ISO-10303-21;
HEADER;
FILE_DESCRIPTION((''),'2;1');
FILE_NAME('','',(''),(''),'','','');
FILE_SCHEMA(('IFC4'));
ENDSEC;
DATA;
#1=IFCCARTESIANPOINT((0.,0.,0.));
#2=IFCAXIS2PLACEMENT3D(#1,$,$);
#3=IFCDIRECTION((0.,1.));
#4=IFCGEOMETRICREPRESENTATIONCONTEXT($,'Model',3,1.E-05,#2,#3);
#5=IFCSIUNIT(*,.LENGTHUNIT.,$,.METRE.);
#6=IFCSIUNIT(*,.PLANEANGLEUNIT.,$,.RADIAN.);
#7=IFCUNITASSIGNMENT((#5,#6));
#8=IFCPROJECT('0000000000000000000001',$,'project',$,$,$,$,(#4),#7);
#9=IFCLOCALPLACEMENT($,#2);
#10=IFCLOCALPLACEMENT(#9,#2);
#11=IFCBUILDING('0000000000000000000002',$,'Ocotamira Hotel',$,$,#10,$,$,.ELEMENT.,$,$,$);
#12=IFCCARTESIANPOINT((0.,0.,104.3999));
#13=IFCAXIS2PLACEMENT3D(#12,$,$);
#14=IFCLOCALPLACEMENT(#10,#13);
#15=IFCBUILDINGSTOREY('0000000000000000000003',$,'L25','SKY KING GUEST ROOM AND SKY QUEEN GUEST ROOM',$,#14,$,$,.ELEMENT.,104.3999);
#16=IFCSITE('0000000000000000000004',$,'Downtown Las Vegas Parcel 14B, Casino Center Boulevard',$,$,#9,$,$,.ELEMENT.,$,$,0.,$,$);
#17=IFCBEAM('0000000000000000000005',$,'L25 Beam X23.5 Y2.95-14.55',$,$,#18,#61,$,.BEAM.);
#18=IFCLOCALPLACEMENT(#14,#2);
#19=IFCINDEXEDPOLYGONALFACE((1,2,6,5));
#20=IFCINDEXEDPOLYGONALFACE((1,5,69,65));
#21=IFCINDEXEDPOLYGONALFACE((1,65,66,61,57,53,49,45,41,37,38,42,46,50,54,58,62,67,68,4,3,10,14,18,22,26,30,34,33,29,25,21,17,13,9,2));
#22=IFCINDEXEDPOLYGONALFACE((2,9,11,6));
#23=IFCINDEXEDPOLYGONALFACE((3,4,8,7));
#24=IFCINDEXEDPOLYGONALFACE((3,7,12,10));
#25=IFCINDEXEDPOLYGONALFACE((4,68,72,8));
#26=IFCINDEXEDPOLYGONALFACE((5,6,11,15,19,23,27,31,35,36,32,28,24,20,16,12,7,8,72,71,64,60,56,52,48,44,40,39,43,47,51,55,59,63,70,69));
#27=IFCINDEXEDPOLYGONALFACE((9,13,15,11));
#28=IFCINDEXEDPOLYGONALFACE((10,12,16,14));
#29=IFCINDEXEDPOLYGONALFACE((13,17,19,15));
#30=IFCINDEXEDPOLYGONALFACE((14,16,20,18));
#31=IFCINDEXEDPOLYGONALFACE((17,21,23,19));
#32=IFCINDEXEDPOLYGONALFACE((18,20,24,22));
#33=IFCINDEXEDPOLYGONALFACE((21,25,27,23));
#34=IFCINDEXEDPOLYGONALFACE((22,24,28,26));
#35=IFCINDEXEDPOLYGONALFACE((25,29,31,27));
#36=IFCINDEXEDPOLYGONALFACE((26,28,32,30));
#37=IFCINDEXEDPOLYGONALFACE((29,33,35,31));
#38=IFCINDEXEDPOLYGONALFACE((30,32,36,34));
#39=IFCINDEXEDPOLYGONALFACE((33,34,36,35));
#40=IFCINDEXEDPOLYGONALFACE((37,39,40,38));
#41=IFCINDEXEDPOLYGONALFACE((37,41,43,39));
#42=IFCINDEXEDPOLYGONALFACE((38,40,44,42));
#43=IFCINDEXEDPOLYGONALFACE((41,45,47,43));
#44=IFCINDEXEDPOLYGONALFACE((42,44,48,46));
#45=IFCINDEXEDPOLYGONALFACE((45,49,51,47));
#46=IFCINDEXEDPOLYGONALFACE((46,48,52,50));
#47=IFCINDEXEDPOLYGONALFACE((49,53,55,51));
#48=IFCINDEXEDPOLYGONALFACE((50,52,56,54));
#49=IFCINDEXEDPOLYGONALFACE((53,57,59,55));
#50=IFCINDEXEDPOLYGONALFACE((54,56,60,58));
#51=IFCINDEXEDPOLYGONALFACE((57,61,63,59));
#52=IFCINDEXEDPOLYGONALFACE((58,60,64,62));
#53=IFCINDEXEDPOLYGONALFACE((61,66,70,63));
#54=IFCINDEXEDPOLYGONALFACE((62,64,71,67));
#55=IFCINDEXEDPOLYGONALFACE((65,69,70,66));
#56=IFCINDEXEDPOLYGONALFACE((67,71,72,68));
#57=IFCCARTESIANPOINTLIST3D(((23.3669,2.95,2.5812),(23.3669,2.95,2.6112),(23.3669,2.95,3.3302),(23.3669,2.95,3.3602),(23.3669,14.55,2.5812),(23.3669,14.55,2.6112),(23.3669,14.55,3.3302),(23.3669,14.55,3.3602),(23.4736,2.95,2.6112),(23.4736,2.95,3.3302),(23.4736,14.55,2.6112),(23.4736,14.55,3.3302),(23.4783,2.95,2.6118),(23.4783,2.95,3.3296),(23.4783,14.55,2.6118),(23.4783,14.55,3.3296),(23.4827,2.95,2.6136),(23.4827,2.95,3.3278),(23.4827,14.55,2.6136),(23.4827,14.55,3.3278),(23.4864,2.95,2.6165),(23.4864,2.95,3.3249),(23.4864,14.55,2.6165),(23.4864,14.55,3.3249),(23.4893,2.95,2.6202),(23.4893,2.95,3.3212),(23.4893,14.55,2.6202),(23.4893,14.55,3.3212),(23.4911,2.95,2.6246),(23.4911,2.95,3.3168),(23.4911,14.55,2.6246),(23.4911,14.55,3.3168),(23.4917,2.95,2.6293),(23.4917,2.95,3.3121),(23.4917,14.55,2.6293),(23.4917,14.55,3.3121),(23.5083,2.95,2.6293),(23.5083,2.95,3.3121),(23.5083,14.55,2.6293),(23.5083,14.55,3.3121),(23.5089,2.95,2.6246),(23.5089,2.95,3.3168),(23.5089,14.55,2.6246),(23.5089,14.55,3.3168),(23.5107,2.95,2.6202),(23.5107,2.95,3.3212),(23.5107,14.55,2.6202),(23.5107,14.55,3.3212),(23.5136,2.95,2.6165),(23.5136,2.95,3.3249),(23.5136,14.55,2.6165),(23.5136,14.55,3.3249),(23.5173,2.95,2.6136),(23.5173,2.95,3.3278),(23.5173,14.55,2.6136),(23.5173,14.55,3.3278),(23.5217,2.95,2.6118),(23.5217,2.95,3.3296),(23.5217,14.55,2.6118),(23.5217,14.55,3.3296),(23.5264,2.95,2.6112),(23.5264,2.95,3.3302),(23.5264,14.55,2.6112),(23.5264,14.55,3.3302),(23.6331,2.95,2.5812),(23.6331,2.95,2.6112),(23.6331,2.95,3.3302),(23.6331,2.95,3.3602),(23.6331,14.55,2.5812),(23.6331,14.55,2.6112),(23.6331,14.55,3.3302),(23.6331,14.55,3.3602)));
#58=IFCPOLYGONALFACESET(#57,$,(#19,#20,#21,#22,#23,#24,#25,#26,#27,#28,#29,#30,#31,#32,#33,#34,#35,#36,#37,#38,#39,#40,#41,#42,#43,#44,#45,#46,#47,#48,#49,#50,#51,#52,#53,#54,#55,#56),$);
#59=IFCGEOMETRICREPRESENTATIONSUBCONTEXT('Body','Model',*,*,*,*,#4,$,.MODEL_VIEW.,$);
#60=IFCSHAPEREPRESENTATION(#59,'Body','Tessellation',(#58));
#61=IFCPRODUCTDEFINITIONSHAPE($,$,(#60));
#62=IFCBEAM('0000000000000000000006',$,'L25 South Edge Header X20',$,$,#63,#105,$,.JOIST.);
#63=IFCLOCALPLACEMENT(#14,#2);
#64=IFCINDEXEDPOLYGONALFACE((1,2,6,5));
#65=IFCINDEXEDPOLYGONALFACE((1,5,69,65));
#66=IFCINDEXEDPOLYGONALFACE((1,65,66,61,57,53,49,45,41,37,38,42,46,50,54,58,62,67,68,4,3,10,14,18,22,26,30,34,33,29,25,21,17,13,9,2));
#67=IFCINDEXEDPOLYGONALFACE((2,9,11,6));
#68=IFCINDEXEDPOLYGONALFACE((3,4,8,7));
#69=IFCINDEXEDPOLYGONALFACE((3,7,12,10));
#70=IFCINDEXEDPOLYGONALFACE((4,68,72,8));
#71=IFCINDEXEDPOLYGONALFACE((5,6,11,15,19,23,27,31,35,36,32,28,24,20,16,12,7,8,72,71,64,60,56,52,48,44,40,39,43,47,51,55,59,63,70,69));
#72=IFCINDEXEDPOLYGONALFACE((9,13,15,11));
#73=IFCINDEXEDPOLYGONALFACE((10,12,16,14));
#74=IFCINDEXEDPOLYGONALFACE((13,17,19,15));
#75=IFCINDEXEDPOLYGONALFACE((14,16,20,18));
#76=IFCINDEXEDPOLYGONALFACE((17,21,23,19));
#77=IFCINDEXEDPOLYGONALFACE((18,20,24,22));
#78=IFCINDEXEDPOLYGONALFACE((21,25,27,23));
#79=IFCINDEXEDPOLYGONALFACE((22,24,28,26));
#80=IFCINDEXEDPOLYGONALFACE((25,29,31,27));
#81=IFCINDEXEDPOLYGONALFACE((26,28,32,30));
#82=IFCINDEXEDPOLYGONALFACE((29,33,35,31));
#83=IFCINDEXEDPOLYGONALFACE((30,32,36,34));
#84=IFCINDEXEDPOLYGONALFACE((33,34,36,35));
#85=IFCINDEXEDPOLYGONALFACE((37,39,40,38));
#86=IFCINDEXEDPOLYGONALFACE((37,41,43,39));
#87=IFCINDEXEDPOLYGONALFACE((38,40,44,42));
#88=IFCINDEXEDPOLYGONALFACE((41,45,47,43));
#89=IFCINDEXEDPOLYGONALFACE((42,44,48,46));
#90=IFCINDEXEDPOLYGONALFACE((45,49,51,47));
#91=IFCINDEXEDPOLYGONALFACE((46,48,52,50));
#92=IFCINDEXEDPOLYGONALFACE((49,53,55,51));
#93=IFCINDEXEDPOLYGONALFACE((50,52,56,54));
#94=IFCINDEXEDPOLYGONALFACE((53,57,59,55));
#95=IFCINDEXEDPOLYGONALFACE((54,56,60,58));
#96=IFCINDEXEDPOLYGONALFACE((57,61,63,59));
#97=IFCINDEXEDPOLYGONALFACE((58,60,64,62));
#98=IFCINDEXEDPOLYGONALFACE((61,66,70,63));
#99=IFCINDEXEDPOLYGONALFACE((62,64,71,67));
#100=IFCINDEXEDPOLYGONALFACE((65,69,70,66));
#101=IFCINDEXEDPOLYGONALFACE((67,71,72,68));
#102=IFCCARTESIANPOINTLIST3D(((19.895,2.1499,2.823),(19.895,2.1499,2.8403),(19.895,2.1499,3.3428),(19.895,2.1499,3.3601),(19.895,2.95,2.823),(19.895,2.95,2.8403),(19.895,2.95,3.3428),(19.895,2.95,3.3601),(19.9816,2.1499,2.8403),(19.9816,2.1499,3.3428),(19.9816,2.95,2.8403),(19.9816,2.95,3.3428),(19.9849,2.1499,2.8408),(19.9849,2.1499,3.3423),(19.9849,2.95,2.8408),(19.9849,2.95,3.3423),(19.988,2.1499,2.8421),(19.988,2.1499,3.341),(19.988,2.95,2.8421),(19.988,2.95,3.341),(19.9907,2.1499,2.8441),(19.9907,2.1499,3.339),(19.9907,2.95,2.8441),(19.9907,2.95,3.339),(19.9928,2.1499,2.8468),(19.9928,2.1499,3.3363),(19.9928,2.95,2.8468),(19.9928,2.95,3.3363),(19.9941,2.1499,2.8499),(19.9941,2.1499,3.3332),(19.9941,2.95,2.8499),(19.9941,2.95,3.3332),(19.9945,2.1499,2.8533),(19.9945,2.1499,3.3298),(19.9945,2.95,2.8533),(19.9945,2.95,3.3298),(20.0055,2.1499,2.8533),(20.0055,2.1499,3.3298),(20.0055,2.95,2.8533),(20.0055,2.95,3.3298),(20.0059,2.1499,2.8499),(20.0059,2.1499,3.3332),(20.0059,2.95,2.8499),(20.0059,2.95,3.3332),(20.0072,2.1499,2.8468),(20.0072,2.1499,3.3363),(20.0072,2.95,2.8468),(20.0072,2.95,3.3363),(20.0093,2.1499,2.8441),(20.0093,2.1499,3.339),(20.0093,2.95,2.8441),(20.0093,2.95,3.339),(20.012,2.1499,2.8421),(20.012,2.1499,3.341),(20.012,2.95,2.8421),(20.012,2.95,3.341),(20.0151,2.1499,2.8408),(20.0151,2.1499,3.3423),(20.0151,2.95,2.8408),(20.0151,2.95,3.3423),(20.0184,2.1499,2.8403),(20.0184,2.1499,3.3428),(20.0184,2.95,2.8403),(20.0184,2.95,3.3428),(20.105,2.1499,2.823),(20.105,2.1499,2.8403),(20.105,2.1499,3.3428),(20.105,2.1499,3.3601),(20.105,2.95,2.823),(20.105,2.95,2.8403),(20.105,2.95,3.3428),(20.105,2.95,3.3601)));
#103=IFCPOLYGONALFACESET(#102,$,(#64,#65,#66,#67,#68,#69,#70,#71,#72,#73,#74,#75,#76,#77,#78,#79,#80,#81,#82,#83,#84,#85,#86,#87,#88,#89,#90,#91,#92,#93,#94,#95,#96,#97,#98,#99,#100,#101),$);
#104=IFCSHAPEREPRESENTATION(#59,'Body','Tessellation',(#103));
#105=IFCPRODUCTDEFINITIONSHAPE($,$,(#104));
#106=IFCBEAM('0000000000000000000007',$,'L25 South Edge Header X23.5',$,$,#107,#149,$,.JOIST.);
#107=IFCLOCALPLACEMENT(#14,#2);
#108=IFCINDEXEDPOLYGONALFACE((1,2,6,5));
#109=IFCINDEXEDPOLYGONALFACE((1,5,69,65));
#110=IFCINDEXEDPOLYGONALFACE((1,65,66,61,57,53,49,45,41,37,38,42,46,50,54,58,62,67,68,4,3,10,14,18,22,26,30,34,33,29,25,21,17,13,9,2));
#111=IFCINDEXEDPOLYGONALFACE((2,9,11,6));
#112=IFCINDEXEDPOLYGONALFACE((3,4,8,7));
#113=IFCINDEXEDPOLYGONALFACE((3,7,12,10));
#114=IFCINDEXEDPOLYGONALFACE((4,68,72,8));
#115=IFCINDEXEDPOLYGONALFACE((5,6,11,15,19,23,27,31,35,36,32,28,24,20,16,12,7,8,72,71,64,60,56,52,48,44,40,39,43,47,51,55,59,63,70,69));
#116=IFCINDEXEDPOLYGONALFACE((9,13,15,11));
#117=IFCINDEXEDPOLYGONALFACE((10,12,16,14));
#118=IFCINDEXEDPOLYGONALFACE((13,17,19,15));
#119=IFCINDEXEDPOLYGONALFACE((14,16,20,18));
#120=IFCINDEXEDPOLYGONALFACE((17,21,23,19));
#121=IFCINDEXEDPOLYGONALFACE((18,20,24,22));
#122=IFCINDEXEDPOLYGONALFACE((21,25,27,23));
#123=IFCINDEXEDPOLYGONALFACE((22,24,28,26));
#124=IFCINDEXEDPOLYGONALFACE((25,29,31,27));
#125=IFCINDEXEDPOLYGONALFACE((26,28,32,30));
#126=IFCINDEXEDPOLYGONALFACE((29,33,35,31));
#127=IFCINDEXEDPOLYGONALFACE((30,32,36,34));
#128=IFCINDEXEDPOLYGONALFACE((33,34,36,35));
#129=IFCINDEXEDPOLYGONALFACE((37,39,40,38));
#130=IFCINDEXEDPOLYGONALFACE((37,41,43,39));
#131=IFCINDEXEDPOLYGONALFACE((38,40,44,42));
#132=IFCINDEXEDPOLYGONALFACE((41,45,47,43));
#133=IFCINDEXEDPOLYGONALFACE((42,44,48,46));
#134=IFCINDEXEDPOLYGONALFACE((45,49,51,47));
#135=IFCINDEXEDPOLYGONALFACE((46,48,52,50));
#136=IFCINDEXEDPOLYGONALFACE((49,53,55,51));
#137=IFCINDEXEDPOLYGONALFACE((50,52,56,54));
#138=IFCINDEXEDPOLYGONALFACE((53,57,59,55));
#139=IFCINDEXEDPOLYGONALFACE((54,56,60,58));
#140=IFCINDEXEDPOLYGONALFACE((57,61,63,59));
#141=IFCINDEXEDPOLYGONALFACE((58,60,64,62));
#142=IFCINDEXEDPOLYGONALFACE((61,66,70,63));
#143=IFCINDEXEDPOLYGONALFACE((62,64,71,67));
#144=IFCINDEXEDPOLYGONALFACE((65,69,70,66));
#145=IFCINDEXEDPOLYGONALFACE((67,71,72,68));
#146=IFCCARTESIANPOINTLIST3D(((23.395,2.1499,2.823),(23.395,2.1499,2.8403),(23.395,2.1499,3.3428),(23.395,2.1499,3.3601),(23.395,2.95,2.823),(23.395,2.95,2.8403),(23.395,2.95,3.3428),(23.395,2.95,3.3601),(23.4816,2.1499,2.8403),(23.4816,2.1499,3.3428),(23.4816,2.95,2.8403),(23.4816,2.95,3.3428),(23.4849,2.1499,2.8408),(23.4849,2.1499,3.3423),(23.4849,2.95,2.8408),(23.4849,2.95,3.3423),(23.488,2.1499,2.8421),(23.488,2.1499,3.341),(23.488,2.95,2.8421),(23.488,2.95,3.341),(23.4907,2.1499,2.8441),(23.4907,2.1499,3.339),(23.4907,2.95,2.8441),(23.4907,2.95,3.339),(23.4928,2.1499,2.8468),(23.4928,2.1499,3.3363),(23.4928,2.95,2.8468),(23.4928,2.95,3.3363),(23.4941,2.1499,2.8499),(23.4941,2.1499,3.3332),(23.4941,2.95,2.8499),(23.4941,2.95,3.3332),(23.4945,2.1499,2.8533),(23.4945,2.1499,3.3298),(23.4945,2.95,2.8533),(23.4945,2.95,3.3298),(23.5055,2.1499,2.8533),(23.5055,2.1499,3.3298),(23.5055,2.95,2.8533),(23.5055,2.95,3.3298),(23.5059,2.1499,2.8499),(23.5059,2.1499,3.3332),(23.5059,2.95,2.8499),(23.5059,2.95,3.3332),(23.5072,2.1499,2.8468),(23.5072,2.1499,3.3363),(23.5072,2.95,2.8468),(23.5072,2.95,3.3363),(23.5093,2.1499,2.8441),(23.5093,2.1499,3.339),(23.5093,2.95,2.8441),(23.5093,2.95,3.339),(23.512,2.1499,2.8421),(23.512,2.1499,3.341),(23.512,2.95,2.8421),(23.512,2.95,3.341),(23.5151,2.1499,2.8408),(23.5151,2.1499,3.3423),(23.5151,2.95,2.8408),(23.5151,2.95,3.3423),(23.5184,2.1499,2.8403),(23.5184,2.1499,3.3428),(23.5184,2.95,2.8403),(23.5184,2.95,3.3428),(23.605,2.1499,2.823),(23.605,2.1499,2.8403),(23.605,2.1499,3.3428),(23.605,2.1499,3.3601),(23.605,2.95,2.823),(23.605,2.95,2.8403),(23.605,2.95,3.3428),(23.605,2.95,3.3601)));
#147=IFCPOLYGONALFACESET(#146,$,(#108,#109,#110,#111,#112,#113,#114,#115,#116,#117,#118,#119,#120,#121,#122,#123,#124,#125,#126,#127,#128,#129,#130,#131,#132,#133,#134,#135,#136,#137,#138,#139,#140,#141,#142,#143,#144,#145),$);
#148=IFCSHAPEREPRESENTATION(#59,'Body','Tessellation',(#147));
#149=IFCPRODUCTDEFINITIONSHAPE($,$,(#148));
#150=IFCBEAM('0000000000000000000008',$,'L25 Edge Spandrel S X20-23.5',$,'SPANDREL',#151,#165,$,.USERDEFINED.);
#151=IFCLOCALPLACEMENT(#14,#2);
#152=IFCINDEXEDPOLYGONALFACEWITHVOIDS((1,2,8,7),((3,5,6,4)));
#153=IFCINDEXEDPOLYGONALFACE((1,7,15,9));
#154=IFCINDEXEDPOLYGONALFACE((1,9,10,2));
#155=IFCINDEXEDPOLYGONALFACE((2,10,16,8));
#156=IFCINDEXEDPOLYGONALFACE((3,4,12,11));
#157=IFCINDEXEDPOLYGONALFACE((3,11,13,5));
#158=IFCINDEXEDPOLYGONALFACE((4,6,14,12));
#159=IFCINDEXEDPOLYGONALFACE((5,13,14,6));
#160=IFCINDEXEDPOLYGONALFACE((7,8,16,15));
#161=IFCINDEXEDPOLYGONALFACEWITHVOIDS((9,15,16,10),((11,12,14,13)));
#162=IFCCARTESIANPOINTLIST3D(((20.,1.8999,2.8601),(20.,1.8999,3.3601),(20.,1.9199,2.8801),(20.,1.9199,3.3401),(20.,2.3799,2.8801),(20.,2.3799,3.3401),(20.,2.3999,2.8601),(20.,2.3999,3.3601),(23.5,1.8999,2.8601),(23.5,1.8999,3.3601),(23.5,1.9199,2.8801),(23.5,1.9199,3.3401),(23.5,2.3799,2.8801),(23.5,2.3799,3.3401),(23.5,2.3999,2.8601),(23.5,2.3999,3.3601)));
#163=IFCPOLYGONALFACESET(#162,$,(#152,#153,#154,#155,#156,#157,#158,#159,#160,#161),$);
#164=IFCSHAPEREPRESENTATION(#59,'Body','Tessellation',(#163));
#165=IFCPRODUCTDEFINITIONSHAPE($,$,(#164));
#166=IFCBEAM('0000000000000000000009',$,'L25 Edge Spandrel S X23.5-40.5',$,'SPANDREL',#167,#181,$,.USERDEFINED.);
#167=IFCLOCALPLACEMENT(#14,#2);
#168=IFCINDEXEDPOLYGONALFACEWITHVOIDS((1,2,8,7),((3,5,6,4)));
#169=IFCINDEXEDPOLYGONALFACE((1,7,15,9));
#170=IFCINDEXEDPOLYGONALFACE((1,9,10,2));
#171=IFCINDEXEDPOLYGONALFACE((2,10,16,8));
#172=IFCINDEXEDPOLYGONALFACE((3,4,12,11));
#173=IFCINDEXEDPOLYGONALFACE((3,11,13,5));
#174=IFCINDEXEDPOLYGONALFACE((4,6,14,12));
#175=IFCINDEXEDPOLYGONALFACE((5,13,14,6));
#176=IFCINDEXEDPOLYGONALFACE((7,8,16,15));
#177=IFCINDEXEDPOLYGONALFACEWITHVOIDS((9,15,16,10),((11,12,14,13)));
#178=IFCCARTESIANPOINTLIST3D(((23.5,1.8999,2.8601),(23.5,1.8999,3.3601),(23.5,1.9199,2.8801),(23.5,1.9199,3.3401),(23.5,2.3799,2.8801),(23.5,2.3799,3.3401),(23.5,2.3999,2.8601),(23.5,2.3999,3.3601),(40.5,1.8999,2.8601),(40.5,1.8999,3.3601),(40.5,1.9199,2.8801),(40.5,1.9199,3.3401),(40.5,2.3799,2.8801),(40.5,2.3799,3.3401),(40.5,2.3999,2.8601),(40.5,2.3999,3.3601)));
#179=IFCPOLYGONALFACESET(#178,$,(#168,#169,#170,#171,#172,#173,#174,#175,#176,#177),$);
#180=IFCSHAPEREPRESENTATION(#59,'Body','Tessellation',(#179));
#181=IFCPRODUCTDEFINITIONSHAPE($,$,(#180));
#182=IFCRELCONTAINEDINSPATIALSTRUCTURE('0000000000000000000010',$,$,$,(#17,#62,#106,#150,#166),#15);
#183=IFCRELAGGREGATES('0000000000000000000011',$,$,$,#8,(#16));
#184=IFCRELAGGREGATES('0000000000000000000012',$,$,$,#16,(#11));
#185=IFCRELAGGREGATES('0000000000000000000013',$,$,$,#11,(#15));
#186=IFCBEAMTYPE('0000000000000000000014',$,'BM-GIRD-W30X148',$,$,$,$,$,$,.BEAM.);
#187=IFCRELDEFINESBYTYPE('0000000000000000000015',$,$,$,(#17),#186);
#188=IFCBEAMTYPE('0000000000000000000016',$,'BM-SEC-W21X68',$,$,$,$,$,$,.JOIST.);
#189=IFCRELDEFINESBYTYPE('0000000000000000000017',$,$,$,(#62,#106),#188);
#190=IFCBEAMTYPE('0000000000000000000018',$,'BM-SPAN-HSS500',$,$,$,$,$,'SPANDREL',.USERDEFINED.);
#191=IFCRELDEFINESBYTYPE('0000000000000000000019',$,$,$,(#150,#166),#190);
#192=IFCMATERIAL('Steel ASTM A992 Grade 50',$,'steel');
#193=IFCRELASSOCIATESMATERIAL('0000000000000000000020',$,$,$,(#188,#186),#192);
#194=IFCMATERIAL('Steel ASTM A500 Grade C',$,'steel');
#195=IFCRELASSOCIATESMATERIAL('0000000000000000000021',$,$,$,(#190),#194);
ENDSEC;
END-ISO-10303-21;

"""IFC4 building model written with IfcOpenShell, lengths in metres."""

from ifc_helpers import new_model, si_unit, direction, frame, origin, origin_2d, place, context, subcontext, project, spatial, hollow_rectangle, i_section, extrude, source, transform, mapped, material, material_profile, profile_set, type_object, element, save


model = new_model("IFC4")

# Units and contexts
model_context = context("Model", 3, precision=1e-05, world=origin(), true_north=direction((0.0, 1.0)))
body_context = subcontext(model_context, "Body", "Model", "MODEL_VIEW")
ifc_project = project(units=[si_unit("LENGTHUNIT", "METRE"), si_unit("PLANEANGLEUNIT", "RADIAN")], contexts=[model_context])

# Site, building, storey
site_placement = place(None, origin())
site = spatial("IfcSite", under=ifc_project, at=site_placement, Name="Downtown Las Vegas Parcel 14B, Casino Center Boulevard", CompositionType="ELEMENT", RefElevation=0.0)
building_placement = place(site_placement, origin())
building = spatial("IfcBuilding", under=site, at=building_placement, Name="Ocotamira Hotel", CompositionType="ELEMENT")
storey_placement = place(building_placement, frame((0.0, 0.0, 104.3999)))
storey = spatial("IfcBuildingStorey", under=building, at=storey_placement, Name="L25", Description="SKY KING GUEST ROOM AND SKY QUEEN GUEST ROOM", CompositionType="ELEMENT", Elevation=104.3999)

# Beams
ifc_material_1 = material(Name="Steel ASTM A992 Grade 50", Category="steel")
ifc_material_profile_1 = material_profile(ifc_material_1, i_section(OverallWidth=0.21, OverallDepth=0.5371, WebThickness=0.011, FlangeThickness=0.0173, FilletRadius=0.0129, at=origin_2d()), Name="W21X68")
ifc_profile_set_1 = profile_set([ifc_material_profile_1], Name="Steel ASTM A992 Grade 50")
beam_type_1 = type_object("IfcBeamType", Name="BM-SEC-W21X68", PredefinedType="JOIST", material=ifc_profile_set_1)
ifc_material_profile_2 = material_profile(ifc_material_1, i_section(OverallWidth=0.2661, OverallDepth=0.7791, WebThickness=0.0166, FlangeThickness=0.03, FilletRadius=0.0181, at=origin_2d()), Name="W30X148")
ifc_profile_set_2 = profile_set([ifc_material_profile_2], Name="Steel ASTM A992 Grade 50")
beam_type_2 = type_object("IfcBeamType", Name="BM-GIRD-W30X148", PredefinedType="BEAM", material=ifc_profile_set_2)
shared_shape_1 = source(origin(), body_context, "Body", "SweptSolid", [
    extrude(i_section(OverallWidth=0.2661, OverallDepth=0.7791, WebThickness=0.0166, FlangeThickness=0.03, FilletRadius=0.0181, at=origin_2d()), origin(), (0.0, 0.0, 1.0), 11.6001),
])
beam_1_placement = place(storey_placement, frame((23.5, 2.95, 2.9707), z_axis=(0.0, 1.0, 0.0), x_axis=(-1.0, 0.0, 0.0)))
element("IfcBeam", 1, at=beam_1_placement, inside=storey, type_object=beam_type_2, Name="L25 Beam X23.5 Y2.95-14.55", PredefinedType="BEAM", context=body_context, shape_type="MappedRepresentation", body=[
    mapped(shared_shape_1, transform((0.0, 0.0, 0.0), scale=1.0)),
])
shared_shape_2 = source(origin(), body_context, "Body", "SweptSolid", [
    extrude(i_section(OverallWidth=0.21, OverallDepth=0.5371, WebThickness=0.011, FlangeThickness=0.0173, FilletRadius=0.0129, at=origin_2d()), origin(), (0.0, 0.0, 1.0), 0.8),
])
for number, where, z_axis, x_axis, name in (
    (2, (20.0, 2.95, 3.0916), (0.0, -1.0, 0.0), (1.0, 0.0, 0.0), "L25 South Edge Header X20"),
    (3, (23.5, 2.95, 3.0916), (0.0, -1.0, 0.0), (1.0, 0.0, 0.0), "L25 South Edge Header X23.5"),
):
    element("IfcBeam", number, at=place(storey_placement, frame(where, z_axis=z_axis, x_axis=x_axis)), inside=storey, type_object=beam_type_1, Name=name, PredefinedType="JOIST", context=body_context, shape_type="MappedRepresentation", body=[
        mapped(shared_shape_2, transform((0.0, 0.0, 0.0), scale=1.0)),
    ])
ifc_material_2 = material(Name="Steel ASTM A500 Grade C", Category="steel")
ifc_material_profile_3 = material_profile(ifc_material_2, hollow_rectangle(XDim=0.5, YDim=0.5, WallThickness=0.02, at=origin_2d()), Name="HSS500X500X20")
ifc_profile_set_3 = profile_set([ifc_material_profile_3], Name="Steel ASTM A500 Grade C")
beam_type_3 = type_object("IfcBeamType", Name="BM-SPAN-HSS500", ElementType="SPANDREL", PredefinedType="USERDEFINED", material=ifc_profile_set_3)
shared_shape_3 = source(origin(), body_context, "Body", "SweptSolid", [
    extrude(hollow_rectangle(XDim=0.5, YDim=0.5, WallThickness=0.02, at=origin_2d()), origin(), (0.0, 0.0, 1.0), 3.5),
])
beam_2_placement = place(storey_placement, frame((20.0, 2.1499, 3.1101), z_axis=(1.0, 0.0, 0.0), x_axis=(0.0, 1.0, 0.0)))
element("IfcBeam", 4, at=beam_2_placement, inside=storey, type_object=beam_type_3, Name="L25 Edge Spandrel S X20-23.5", ObjectType="SPANDREL", PredefinedType="USERDEFINED", context=body_context, shape_type="MappedRepresentation", body=[
    mapped(shared_shape_3, transform((0.0, 0.0, 0.0), scale=1.0)),
])
shared_shape_4 = source(origin(), body_context, "Body", "SweptSolid", [
    extrude(hollow_rectangle(XDim=0.5, YDim=0.5, WallThickness=0.02, at=origin_2d()), origin(), (0.0, 0.0, 1.0), 17.0),
])
beam_3_placement = place(storey_placement, frame((23.5, 2.1499, 3.1101), z_axis=(1.0, 0.0, 0.0), x_axis=(0.0, 1.0, 0.0)))
element("IfcBeam", 5, at=beam_3_placement, inside=storey, type_object=beam_type_3, Name="L25 Edge Spandrel S X23.5-40.5", ObjectType="SPANDREL", PredefinedType="USERDEFINED", context=body_context, shape_type="MappedRepresentation", body=[
    mapped(shared_shape_4, transform((0.0, 0.0, 0.0), scale=1.0)),
])

save(model, "model.ifc")
